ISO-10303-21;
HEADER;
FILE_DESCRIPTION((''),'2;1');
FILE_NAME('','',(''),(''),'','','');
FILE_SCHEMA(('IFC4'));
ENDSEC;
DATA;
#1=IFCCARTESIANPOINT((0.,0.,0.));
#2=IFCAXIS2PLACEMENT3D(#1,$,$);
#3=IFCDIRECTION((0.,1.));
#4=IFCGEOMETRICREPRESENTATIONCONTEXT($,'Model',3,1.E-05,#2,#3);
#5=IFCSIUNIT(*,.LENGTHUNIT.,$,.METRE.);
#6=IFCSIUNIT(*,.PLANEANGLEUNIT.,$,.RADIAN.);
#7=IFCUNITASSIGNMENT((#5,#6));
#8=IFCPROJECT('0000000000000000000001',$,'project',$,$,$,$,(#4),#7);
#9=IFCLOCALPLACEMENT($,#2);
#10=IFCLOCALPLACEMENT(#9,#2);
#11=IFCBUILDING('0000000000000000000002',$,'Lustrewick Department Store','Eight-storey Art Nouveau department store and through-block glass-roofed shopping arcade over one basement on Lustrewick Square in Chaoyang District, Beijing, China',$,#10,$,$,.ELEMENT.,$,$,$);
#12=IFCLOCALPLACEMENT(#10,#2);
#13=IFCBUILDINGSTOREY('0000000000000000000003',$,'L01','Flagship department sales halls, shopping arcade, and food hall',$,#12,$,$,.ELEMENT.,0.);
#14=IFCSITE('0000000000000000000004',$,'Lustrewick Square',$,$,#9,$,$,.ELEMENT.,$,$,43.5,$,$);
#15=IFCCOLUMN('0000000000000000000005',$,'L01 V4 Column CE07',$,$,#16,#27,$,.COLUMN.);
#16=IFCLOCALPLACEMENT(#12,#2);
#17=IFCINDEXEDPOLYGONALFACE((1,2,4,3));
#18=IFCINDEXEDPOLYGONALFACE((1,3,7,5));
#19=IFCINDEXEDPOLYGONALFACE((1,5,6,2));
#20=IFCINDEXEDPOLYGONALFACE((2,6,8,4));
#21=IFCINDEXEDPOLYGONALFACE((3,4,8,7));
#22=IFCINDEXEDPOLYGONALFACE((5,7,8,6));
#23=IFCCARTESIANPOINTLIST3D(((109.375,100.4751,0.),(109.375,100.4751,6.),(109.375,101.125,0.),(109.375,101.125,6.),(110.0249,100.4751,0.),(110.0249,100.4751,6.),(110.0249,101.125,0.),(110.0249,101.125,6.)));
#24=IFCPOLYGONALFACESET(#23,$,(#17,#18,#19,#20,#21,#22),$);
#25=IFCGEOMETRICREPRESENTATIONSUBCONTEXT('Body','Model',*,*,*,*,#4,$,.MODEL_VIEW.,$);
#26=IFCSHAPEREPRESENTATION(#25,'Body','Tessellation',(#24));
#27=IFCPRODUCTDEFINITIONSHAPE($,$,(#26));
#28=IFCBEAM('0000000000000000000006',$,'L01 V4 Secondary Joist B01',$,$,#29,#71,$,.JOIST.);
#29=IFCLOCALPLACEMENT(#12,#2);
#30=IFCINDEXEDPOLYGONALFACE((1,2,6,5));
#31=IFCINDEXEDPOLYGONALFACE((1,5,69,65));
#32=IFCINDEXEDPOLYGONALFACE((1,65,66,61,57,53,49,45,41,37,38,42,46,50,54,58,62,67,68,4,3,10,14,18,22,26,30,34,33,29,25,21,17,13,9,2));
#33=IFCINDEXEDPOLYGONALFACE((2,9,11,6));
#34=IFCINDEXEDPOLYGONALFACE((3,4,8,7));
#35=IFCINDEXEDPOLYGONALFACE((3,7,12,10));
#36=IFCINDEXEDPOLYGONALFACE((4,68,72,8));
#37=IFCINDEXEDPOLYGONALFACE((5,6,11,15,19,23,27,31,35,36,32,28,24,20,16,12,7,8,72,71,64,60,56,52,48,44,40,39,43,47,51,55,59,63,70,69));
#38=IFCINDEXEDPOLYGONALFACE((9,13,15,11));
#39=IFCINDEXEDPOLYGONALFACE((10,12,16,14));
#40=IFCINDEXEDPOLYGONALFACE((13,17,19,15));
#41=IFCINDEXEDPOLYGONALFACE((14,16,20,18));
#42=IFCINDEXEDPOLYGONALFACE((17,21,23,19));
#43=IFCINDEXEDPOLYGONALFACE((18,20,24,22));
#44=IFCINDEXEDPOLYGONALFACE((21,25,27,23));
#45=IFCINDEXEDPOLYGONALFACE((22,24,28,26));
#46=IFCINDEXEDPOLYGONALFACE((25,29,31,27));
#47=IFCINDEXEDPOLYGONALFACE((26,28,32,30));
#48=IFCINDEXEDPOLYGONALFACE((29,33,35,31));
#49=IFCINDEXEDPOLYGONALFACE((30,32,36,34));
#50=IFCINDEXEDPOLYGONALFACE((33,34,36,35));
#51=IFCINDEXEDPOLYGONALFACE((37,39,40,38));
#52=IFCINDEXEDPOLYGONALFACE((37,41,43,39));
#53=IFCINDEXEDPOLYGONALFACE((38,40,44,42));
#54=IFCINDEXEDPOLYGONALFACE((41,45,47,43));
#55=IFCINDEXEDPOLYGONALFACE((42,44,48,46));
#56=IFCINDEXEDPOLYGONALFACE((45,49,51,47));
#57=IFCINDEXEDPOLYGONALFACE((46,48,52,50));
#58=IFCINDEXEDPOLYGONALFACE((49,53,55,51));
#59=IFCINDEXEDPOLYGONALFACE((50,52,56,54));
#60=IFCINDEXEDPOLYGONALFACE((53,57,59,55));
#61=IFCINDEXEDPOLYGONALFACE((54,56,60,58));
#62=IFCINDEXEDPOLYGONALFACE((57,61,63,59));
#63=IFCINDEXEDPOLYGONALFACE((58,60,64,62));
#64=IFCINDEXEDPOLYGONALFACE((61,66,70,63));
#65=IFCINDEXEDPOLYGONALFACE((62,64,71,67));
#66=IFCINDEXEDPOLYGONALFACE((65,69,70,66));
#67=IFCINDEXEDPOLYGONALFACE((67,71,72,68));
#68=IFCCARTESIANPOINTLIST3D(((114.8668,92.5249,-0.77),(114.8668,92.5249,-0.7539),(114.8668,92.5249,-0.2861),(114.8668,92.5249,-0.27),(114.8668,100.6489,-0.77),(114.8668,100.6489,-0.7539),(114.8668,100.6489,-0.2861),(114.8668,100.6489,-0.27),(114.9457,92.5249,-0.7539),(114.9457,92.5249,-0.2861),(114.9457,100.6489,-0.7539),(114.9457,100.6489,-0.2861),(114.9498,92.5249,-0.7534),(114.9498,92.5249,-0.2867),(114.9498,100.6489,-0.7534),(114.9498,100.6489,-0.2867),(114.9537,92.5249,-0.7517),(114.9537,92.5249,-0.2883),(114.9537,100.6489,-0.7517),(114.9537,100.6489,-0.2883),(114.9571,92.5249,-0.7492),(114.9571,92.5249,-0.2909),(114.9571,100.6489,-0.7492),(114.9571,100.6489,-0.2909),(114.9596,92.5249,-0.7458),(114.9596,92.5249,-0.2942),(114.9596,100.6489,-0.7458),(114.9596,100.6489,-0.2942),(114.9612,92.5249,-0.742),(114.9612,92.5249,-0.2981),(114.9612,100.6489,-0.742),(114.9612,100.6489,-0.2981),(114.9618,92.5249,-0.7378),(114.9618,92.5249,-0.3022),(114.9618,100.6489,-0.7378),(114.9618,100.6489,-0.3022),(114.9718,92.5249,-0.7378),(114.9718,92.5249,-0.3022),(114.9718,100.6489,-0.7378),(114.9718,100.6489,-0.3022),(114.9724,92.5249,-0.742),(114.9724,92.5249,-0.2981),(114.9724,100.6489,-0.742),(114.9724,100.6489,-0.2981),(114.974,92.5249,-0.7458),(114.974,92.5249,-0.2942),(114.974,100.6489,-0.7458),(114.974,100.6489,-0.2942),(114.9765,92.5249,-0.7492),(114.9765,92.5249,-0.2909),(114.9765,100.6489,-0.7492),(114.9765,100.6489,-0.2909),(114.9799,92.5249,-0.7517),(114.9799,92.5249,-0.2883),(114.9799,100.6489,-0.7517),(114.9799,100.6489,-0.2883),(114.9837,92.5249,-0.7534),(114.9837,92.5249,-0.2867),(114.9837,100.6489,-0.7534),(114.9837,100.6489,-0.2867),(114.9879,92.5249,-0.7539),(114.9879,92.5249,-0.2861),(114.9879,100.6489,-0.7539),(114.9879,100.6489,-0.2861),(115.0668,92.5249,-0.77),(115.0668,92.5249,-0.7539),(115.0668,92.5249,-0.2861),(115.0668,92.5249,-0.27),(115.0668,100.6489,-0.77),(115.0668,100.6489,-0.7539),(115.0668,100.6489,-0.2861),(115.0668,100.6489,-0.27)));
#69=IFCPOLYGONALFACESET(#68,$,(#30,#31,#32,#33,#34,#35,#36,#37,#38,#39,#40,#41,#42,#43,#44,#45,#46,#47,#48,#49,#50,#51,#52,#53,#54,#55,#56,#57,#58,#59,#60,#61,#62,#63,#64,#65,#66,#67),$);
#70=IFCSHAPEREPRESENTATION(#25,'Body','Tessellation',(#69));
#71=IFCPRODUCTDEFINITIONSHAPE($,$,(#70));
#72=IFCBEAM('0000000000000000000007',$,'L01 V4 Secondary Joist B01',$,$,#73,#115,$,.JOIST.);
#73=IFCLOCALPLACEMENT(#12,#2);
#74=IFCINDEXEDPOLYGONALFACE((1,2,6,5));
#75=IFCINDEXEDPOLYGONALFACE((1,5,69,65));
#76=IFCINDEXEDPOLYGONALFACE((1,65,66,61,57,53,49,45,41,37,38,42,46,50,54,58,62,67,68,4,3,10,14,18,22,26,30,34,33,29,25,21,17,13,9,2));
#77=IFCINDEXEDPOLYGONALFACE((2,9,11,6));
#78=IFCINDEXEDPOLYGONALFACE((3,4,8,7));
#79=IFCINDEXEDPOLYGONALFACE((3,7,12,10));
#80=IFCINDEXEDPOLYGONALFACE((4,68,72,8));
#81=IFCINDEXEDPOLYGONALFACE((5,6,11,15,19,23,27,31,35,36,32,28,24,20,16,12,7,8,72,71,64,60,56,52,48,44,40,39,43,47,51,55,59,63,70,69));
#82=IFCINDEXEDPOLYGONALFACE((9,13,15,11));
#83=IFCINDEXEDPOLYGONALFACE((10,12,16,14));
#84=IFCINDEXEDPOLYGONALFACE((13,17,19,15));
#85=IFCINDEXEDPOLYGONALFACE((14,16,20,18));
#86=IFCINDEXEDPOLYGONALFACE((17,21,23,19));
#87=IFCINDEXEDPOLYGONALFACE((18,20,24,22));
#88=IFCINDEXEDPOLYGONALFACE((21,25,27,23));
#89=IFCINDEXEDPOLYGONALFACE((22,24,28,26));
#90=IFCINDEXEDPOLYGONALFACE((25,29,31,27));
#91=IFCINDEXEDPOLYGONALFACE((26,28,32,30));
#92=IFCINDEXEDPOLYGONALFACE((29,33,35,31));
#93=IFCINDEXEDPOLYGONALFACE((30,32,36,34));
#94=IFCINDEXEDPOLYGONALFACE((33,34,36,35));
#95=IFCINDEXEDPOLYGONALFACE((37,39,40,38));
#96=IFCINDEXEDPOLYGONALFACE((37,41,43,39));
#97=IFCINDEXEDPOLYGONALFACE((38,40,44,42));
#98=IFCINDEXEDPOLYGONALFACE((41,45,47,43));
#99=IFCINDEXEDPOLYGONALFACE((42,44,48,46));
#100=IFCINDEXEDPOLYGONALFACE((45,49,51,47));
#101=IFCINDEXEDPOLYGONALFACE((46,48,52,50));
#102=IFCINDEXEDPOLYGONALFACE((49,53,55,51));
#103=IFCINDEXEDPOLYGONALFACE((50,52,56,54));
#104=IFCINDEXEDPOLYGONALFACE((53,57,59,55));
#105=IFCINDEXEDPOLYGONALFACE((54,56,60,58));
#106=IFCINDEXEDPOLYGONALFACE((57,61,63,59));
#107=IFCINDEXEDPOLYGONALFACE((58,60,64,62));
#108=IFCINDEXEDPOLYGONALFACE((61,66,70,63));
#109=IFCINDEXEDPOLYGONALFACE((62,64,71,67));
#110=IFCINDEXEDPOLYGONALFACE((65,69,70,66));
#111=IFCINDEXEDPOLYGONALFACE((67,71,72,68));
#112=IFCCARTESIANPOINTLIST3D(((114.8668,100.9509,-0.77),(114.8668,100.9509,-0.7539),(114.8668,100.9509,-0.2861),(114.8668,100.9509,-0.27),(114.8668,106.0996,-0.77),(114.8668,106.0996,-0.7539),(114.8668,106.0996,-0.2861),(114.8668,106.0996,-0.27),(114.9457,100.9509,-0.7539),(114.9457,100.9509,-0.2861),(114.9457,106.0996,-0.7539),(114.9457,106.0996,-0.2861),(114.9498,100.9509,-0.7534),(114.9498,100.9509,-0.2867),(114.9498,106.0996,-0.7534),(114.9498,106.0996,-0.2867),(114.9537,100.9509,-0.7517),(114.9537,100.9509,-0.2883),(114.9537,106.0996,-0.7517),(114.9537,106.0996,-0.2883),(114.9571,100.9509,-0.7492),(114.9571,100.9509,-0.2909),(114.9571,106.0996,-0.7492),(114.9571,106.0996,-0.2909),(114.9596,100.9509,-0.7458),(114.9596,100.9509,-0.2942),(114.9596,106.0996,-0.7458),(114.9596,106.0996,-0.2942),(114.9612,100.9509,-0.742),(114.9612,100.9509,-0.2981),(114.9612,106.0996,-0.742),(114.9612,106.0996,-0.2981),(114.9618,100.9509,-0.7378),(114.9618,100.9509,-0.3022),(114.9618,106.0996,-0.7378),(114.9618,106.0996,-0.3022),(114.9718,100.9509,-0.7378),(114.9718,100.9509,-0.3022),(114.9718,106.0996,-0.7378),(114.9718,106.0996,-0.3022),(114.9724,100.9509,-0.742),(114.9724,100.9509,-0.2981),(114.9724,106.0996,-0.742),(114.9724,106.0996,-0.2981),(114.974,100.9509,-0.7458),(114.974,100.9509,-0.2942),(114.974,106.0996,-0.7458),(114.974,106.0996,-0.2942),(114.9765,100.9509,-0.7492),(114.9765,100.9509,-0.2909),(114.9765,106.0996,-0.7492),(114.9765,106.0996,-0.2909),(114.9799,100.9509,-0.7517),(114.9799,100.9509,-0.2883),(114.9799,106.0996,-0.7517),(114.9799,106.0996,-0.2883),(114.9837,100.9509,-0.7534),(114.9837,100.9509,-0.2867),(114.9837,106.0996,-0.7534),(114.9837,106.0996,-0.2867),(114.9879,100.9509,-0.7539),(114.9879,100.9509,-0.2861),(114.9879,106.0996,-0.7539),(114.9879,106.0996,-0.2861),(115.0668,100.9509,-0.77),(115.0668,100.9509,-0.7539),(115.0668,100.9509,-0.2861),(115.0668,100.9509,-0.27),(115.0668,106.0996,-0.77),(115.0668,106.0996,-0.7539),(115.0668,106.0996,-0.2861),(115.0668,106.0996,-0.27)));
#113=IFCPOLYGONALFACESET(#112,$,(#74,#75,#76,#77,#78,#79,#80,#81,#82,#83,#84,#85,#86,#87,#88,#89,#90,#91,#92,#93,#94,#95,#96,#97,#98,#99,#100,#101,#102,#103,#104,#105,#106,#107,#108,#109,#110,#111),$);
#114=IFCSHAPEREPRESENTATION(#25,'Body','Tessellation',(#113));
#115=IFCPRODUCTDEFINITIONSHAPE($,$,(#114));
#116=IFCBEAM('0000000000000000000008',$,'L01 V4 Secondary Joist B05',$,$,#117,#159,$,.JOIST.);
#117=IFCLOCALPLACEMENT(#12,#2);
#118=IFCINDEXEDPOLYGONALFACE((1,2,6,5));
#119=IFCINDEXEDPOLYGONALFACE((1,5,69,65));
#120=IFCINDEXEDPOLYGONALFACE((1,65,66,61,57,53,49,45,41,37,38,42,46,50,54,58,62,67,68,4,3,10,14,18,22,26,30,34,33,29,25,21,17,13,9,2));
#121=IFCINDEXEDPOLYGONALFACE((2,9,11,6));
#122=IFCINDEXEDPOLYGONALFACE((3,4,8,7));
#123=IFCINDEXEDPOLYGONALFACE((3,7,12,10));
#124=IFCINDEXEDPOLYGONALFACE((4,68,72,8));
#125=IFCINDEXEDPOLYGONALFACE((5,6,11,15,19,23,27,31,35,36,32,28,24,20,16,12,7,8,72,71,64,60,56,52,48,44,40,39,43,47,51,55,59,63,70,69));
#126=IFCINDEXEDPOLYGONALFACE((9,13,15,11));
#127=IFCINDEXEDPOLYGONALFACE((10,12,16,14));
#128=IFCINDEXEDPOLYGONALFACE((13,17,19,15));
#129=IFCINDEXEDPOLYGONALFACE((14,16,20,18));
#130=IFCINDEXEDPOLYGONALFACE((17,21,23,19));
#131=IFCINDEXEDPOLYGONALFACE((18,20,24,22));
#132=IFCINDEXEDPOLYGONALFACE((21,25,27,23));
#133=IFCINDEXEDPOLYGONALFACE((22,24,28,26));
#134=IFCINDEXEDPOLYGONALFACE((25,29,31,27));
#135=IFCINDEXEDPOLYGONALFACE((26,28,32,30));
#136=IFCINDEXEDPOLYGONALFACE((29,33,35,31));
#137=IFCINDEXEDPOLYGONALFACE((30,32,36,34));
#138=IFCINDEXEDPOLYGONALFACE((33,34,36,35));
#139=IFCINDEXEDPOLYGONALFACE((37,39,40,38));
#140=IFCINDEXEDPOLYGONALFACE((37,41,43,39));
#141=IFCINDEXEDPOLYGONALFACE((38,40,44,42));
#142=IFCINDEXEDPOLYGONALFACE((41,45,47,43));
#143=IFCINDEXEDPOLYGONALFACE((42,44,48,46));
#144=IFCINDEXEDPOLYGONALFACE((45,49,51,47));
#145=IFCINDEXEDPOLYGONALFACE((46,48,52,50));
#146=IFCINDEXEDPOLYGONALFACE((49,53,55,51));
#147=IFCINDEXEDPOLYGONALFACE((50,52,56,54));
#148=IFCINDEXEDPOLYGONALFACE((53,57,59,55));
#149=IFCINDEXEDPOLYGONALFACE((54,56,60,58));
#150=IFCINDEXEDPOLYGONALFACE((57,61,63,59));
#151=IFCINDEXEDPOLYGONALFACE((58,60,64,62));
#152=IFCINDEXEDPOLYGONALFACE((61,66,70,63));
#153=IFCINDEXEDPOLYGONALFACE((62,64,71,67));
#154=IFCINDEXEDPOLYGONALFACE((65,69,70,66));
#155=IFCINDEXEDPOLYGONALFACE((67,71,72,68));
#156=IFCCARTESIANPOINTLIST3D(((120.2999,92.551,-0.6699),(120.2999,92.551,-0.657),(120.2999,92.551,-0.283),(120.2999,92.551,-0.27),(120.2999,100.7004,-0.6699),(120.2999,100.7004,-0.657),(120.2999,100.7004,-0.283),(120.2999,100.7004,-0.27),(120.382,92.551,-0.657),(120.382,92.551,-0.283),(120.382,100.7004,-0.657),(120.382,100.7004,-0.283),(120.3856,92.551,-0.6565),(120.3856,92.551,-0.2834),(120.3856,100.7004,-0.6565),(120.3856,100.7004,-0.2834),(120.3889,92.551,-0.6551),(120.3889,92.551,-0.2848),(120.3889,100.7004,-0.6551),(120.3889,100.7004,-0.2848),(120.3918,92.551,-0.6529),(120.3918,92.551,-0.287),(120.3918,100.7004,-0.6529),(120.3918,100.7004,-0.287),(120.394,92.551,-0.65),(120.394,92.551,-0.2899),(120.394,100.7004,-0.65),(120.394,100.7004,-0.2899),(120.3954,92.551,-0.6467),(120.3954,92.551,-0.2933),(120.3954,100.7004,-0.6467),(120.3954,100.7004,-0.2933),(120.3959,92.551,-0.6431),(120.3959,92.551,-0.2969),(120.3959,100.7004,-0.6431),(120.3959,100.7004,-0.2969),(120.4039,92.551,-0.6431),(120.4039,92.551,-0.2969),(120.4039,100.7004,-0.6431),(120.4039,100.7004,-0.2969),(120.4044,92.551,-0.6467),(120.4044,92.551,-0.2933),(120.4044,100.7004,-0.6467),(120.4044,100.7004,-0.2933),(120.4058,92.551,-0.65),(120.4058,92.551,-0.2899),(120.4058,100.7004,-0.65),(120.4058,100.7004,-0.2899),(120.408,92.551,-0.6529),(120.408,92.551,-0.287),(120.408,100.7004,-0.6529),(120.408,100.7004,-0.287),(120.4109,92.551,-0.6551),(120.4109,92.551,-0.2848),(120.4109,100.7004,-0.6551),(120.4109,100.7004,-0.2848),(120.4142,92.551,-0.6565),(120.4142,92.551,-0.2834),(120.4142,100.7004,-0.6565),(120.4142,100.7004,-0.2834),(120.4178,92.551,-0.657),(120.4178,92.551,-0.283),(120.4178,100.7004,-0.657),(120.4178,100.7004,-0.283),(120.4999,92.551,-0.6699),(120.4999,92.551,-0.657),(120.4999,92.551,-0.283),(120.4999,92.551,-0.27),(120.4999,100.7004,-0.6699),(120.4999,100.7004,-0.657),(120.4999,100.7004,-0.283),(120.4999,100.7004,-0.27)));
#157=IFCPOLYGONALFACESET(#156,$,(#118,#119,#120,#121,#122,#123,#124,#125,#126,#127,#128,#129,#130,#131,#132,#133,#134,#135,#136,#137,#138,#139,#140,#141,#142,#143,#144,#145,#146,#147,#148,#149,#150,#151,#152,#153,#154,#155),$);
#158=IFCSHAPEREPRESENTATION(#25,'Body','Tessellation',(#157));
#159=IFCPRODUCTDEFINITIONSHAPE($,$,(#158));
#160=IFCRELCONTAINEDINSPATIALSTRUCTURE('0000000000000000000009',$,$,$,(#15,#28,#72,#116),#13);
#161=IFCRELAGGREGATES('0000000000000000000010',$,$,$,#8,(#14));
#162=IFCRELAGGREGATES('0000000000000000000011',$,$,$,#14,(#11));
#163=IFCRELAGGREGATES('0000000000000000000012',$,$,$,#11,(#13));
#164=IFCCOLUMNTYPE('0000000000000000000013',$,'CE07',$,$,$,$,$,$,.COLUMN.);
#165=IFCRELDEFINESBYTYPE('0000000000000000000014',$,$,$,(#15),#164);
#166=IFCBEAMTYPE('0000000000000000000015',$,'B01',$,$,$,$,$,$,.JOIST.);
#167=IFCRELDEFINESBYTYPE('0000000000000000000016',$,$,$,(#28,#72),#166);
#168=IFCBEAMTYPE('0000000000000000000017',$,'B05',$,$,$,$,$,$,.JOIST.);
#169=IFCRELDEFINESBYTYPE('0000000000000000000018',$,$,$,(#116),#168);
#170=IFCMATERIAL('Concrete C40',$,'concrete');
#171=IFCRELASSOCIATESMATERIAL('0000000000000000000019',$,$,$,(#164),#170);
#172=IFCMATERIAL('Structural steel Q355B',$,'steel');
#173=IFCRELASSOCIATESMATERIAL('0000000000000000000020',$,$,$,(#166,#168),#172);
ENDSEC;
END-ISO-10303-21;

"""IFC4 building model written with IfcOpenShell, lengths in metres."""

from ifc_helpers import new_model, si_unit, direction, frame, origin, origin_2d, place, context, subcontext, project, spatial, rectangle, i_section, extrude, material, material_profile, profile_set, type_object, element, save


model = new_model("IFC4")

# Units and contexts
model_context = context("Model", 3, precision=1e-05, world=origin(), true_north=direction((0.0, 1.0)))
body_context = subcontext(model_context, "Body", "Model", "MODEL_VIEW")
ifc_project = project(units=[si_unit("LENGTHUNIT", "METRE"), si_unit("PLANEANGLEUNIT", "RADIAN")], contexts=[model_context])

# Site, building, storey
site_placement = place(None, origin())
site = spatial("IfcSite", under=ifc_project, at=site_placement, Name="Lustrewick Square", CompositionType="ELEMENT", RefElevation=43.5)
building_placement = place(site_placement, origin())
building = spatial("IfcBuilding", under=site, at=building_placement, Name="Lustrewick Department Store", Description="Eight-storey Art Nouveau department store and through-block glass-roofed shopping arcade over one basement on Lustrewick Square in Chaoyang District, Beijing, China", CompositionType="ELEMENT")
storey_placement = place(building_placement, origin())
storey = spatial("IfcBuildingStorey", under=building, at=storey_placement, Name="L01", Description="Flagship department sales halls, shopping arcade, and food hall", CompositionType="ELEMENT", Elevation=0.0)

# Column
ifc_material_1 = material(Name="Structural steel Q355B", Category="steel")
ifc_material_2 = material(Name="Concrete C40", Category="concrete")
ifc_material_profile_1 = material_profile(ifc_material_2, rectangle(XDim=0.6499, YDim=0.6499, at=origin_2d()), Name="RC 650x650")
ifc_profile_set_1 = profile_set([ifc_material_profile_1], Name="Concrete C40")
column_type_1 = type_object("IfcColumnType", Name="CE07", PredefinedType="COLUMN", material=ifc_profile_set_1)
column_1_placement = place(storey_placement, frame((109.7, 100.8, 0.0), z_axis=(0.0, 0.0, 1.0), x_axis=(1.0, 0.0, 0.0)))
element("IfcColumn", 1, at=column_1_placement, inside=storey, type_object=column_type_1, Name="L01 V4 Column CE07", PredefinedType="COLUMN", context=body_context, shape_type="SweptSolid", body=[
    extrude(rectangle(XDim=0.6499, YDim=0.6499, at=origin_2d()), origin(), (0.0, 0.0, 1.0), 6.0),
])

# Beams
ifc_material_profile_2 = material_profile(ifc_material_1, i_section(OverallWidth=0.2, OverallDepth=0.5, WebThickness=0.01, FlangeThickness=0.0161, FilletRadius=0.0161, at=origin_2d()), Name="HN 500x200x10x16")
ifc_profile_set_2 = profile_set([ifc_material_profile_2], Name="Structural steel Q355B")
beam_type_1 = type_object("IfcBeamType", Name="B01", PredefinedType="JOIST", material=ifc_profile_set_2)
beam_1_placement = place(storey_placement, frame((114.9668, 92.5249, -0.52), z_axis=(0.0, 1.0, 0.0), x_axis=(-1.0, 0.0, 0.0)))
element("IfcBeam", 2, at=beam_1_placement, inside=storey, type_object=beam_type_1, Name="L01 V4 Secondary Joist B01", PredefinedType="JOIST", context=body_context, shape_type="SweptSolid", body=[
    extrude(i_section(OverallWidth=0.2, OverallDepth=0.5, WebThickness=0.01, FlangeThickness=0.0161, FilletRadius=0.0161, at=origin_2d()), origin(), (0.0, 0.0, 1.0), 8.124),
])
beam_2_placement = place(storey_placement, frame((114.9668, 100.9509, -0.52), z_axis=(0.0, 1.0, 0.0), x_axis=(-1.0, 0.0, 0.0)))
element("IfcBeam", 3, at=beam_2_placement, inside=storey, type_object=beam_type_1, Name="L01 V4 Secondary Joist B01", PredefinedType="JOIST", context=body_context, shape_type="SweptSolid", body=[
    extrude(i_section(OverallWidth=0.2, OverallDepth=0.5, WebThickness=0.01, FlangeThickness=0.0161, FilletRadius=0.0161, at=origin_2d()), origin(), (0.0, 0.0, 1.0), 5.1487),
])
ifc_material_profile_3 = material_profile(ifc_material_1, i_section(OverallWidth=0.2, OverallDepth=0.3999, WebThickness=0.0081, FlangeThickness=0.0129, FilletRadius=0.0139, at=origin_2d()), Name="HN 400x200x8x13")
ifc_profile_set_3 = profile_set([ifc_material_profile_3], Name="Structural steel Q355B")
beam_type_2 = type_object("IfcBeamType", Name="B05", PredefinedType="JOIST", material=ifc_profile_set_3)
beam_3_placement = place(storey_placement, frame((120.3999, 92.551, -0.47), z_axis=(0.0, 1.0, 0.0), x_axis=(-1.0, 0.0, 0.0)))
element("IfcBeam", 4, at=beam_3_placement, inside=storey, type_object=beam_type_2, Name="L01 V4 Secondary Joist B05", PredefinedType="JOIST", context=body_context, shape_type="SweptSolid", body=[
    extrude(i_section(OverallWidth=0.2, OverallDepth=0.3999, WebThickness=0.0081, FlangeThickness=0.0129, FilletRadius=0.0139, at=origin_2d()), origin(), (0.0, 0.0, 1.0), 8.1494),
])

save(model, "model.ifc")
